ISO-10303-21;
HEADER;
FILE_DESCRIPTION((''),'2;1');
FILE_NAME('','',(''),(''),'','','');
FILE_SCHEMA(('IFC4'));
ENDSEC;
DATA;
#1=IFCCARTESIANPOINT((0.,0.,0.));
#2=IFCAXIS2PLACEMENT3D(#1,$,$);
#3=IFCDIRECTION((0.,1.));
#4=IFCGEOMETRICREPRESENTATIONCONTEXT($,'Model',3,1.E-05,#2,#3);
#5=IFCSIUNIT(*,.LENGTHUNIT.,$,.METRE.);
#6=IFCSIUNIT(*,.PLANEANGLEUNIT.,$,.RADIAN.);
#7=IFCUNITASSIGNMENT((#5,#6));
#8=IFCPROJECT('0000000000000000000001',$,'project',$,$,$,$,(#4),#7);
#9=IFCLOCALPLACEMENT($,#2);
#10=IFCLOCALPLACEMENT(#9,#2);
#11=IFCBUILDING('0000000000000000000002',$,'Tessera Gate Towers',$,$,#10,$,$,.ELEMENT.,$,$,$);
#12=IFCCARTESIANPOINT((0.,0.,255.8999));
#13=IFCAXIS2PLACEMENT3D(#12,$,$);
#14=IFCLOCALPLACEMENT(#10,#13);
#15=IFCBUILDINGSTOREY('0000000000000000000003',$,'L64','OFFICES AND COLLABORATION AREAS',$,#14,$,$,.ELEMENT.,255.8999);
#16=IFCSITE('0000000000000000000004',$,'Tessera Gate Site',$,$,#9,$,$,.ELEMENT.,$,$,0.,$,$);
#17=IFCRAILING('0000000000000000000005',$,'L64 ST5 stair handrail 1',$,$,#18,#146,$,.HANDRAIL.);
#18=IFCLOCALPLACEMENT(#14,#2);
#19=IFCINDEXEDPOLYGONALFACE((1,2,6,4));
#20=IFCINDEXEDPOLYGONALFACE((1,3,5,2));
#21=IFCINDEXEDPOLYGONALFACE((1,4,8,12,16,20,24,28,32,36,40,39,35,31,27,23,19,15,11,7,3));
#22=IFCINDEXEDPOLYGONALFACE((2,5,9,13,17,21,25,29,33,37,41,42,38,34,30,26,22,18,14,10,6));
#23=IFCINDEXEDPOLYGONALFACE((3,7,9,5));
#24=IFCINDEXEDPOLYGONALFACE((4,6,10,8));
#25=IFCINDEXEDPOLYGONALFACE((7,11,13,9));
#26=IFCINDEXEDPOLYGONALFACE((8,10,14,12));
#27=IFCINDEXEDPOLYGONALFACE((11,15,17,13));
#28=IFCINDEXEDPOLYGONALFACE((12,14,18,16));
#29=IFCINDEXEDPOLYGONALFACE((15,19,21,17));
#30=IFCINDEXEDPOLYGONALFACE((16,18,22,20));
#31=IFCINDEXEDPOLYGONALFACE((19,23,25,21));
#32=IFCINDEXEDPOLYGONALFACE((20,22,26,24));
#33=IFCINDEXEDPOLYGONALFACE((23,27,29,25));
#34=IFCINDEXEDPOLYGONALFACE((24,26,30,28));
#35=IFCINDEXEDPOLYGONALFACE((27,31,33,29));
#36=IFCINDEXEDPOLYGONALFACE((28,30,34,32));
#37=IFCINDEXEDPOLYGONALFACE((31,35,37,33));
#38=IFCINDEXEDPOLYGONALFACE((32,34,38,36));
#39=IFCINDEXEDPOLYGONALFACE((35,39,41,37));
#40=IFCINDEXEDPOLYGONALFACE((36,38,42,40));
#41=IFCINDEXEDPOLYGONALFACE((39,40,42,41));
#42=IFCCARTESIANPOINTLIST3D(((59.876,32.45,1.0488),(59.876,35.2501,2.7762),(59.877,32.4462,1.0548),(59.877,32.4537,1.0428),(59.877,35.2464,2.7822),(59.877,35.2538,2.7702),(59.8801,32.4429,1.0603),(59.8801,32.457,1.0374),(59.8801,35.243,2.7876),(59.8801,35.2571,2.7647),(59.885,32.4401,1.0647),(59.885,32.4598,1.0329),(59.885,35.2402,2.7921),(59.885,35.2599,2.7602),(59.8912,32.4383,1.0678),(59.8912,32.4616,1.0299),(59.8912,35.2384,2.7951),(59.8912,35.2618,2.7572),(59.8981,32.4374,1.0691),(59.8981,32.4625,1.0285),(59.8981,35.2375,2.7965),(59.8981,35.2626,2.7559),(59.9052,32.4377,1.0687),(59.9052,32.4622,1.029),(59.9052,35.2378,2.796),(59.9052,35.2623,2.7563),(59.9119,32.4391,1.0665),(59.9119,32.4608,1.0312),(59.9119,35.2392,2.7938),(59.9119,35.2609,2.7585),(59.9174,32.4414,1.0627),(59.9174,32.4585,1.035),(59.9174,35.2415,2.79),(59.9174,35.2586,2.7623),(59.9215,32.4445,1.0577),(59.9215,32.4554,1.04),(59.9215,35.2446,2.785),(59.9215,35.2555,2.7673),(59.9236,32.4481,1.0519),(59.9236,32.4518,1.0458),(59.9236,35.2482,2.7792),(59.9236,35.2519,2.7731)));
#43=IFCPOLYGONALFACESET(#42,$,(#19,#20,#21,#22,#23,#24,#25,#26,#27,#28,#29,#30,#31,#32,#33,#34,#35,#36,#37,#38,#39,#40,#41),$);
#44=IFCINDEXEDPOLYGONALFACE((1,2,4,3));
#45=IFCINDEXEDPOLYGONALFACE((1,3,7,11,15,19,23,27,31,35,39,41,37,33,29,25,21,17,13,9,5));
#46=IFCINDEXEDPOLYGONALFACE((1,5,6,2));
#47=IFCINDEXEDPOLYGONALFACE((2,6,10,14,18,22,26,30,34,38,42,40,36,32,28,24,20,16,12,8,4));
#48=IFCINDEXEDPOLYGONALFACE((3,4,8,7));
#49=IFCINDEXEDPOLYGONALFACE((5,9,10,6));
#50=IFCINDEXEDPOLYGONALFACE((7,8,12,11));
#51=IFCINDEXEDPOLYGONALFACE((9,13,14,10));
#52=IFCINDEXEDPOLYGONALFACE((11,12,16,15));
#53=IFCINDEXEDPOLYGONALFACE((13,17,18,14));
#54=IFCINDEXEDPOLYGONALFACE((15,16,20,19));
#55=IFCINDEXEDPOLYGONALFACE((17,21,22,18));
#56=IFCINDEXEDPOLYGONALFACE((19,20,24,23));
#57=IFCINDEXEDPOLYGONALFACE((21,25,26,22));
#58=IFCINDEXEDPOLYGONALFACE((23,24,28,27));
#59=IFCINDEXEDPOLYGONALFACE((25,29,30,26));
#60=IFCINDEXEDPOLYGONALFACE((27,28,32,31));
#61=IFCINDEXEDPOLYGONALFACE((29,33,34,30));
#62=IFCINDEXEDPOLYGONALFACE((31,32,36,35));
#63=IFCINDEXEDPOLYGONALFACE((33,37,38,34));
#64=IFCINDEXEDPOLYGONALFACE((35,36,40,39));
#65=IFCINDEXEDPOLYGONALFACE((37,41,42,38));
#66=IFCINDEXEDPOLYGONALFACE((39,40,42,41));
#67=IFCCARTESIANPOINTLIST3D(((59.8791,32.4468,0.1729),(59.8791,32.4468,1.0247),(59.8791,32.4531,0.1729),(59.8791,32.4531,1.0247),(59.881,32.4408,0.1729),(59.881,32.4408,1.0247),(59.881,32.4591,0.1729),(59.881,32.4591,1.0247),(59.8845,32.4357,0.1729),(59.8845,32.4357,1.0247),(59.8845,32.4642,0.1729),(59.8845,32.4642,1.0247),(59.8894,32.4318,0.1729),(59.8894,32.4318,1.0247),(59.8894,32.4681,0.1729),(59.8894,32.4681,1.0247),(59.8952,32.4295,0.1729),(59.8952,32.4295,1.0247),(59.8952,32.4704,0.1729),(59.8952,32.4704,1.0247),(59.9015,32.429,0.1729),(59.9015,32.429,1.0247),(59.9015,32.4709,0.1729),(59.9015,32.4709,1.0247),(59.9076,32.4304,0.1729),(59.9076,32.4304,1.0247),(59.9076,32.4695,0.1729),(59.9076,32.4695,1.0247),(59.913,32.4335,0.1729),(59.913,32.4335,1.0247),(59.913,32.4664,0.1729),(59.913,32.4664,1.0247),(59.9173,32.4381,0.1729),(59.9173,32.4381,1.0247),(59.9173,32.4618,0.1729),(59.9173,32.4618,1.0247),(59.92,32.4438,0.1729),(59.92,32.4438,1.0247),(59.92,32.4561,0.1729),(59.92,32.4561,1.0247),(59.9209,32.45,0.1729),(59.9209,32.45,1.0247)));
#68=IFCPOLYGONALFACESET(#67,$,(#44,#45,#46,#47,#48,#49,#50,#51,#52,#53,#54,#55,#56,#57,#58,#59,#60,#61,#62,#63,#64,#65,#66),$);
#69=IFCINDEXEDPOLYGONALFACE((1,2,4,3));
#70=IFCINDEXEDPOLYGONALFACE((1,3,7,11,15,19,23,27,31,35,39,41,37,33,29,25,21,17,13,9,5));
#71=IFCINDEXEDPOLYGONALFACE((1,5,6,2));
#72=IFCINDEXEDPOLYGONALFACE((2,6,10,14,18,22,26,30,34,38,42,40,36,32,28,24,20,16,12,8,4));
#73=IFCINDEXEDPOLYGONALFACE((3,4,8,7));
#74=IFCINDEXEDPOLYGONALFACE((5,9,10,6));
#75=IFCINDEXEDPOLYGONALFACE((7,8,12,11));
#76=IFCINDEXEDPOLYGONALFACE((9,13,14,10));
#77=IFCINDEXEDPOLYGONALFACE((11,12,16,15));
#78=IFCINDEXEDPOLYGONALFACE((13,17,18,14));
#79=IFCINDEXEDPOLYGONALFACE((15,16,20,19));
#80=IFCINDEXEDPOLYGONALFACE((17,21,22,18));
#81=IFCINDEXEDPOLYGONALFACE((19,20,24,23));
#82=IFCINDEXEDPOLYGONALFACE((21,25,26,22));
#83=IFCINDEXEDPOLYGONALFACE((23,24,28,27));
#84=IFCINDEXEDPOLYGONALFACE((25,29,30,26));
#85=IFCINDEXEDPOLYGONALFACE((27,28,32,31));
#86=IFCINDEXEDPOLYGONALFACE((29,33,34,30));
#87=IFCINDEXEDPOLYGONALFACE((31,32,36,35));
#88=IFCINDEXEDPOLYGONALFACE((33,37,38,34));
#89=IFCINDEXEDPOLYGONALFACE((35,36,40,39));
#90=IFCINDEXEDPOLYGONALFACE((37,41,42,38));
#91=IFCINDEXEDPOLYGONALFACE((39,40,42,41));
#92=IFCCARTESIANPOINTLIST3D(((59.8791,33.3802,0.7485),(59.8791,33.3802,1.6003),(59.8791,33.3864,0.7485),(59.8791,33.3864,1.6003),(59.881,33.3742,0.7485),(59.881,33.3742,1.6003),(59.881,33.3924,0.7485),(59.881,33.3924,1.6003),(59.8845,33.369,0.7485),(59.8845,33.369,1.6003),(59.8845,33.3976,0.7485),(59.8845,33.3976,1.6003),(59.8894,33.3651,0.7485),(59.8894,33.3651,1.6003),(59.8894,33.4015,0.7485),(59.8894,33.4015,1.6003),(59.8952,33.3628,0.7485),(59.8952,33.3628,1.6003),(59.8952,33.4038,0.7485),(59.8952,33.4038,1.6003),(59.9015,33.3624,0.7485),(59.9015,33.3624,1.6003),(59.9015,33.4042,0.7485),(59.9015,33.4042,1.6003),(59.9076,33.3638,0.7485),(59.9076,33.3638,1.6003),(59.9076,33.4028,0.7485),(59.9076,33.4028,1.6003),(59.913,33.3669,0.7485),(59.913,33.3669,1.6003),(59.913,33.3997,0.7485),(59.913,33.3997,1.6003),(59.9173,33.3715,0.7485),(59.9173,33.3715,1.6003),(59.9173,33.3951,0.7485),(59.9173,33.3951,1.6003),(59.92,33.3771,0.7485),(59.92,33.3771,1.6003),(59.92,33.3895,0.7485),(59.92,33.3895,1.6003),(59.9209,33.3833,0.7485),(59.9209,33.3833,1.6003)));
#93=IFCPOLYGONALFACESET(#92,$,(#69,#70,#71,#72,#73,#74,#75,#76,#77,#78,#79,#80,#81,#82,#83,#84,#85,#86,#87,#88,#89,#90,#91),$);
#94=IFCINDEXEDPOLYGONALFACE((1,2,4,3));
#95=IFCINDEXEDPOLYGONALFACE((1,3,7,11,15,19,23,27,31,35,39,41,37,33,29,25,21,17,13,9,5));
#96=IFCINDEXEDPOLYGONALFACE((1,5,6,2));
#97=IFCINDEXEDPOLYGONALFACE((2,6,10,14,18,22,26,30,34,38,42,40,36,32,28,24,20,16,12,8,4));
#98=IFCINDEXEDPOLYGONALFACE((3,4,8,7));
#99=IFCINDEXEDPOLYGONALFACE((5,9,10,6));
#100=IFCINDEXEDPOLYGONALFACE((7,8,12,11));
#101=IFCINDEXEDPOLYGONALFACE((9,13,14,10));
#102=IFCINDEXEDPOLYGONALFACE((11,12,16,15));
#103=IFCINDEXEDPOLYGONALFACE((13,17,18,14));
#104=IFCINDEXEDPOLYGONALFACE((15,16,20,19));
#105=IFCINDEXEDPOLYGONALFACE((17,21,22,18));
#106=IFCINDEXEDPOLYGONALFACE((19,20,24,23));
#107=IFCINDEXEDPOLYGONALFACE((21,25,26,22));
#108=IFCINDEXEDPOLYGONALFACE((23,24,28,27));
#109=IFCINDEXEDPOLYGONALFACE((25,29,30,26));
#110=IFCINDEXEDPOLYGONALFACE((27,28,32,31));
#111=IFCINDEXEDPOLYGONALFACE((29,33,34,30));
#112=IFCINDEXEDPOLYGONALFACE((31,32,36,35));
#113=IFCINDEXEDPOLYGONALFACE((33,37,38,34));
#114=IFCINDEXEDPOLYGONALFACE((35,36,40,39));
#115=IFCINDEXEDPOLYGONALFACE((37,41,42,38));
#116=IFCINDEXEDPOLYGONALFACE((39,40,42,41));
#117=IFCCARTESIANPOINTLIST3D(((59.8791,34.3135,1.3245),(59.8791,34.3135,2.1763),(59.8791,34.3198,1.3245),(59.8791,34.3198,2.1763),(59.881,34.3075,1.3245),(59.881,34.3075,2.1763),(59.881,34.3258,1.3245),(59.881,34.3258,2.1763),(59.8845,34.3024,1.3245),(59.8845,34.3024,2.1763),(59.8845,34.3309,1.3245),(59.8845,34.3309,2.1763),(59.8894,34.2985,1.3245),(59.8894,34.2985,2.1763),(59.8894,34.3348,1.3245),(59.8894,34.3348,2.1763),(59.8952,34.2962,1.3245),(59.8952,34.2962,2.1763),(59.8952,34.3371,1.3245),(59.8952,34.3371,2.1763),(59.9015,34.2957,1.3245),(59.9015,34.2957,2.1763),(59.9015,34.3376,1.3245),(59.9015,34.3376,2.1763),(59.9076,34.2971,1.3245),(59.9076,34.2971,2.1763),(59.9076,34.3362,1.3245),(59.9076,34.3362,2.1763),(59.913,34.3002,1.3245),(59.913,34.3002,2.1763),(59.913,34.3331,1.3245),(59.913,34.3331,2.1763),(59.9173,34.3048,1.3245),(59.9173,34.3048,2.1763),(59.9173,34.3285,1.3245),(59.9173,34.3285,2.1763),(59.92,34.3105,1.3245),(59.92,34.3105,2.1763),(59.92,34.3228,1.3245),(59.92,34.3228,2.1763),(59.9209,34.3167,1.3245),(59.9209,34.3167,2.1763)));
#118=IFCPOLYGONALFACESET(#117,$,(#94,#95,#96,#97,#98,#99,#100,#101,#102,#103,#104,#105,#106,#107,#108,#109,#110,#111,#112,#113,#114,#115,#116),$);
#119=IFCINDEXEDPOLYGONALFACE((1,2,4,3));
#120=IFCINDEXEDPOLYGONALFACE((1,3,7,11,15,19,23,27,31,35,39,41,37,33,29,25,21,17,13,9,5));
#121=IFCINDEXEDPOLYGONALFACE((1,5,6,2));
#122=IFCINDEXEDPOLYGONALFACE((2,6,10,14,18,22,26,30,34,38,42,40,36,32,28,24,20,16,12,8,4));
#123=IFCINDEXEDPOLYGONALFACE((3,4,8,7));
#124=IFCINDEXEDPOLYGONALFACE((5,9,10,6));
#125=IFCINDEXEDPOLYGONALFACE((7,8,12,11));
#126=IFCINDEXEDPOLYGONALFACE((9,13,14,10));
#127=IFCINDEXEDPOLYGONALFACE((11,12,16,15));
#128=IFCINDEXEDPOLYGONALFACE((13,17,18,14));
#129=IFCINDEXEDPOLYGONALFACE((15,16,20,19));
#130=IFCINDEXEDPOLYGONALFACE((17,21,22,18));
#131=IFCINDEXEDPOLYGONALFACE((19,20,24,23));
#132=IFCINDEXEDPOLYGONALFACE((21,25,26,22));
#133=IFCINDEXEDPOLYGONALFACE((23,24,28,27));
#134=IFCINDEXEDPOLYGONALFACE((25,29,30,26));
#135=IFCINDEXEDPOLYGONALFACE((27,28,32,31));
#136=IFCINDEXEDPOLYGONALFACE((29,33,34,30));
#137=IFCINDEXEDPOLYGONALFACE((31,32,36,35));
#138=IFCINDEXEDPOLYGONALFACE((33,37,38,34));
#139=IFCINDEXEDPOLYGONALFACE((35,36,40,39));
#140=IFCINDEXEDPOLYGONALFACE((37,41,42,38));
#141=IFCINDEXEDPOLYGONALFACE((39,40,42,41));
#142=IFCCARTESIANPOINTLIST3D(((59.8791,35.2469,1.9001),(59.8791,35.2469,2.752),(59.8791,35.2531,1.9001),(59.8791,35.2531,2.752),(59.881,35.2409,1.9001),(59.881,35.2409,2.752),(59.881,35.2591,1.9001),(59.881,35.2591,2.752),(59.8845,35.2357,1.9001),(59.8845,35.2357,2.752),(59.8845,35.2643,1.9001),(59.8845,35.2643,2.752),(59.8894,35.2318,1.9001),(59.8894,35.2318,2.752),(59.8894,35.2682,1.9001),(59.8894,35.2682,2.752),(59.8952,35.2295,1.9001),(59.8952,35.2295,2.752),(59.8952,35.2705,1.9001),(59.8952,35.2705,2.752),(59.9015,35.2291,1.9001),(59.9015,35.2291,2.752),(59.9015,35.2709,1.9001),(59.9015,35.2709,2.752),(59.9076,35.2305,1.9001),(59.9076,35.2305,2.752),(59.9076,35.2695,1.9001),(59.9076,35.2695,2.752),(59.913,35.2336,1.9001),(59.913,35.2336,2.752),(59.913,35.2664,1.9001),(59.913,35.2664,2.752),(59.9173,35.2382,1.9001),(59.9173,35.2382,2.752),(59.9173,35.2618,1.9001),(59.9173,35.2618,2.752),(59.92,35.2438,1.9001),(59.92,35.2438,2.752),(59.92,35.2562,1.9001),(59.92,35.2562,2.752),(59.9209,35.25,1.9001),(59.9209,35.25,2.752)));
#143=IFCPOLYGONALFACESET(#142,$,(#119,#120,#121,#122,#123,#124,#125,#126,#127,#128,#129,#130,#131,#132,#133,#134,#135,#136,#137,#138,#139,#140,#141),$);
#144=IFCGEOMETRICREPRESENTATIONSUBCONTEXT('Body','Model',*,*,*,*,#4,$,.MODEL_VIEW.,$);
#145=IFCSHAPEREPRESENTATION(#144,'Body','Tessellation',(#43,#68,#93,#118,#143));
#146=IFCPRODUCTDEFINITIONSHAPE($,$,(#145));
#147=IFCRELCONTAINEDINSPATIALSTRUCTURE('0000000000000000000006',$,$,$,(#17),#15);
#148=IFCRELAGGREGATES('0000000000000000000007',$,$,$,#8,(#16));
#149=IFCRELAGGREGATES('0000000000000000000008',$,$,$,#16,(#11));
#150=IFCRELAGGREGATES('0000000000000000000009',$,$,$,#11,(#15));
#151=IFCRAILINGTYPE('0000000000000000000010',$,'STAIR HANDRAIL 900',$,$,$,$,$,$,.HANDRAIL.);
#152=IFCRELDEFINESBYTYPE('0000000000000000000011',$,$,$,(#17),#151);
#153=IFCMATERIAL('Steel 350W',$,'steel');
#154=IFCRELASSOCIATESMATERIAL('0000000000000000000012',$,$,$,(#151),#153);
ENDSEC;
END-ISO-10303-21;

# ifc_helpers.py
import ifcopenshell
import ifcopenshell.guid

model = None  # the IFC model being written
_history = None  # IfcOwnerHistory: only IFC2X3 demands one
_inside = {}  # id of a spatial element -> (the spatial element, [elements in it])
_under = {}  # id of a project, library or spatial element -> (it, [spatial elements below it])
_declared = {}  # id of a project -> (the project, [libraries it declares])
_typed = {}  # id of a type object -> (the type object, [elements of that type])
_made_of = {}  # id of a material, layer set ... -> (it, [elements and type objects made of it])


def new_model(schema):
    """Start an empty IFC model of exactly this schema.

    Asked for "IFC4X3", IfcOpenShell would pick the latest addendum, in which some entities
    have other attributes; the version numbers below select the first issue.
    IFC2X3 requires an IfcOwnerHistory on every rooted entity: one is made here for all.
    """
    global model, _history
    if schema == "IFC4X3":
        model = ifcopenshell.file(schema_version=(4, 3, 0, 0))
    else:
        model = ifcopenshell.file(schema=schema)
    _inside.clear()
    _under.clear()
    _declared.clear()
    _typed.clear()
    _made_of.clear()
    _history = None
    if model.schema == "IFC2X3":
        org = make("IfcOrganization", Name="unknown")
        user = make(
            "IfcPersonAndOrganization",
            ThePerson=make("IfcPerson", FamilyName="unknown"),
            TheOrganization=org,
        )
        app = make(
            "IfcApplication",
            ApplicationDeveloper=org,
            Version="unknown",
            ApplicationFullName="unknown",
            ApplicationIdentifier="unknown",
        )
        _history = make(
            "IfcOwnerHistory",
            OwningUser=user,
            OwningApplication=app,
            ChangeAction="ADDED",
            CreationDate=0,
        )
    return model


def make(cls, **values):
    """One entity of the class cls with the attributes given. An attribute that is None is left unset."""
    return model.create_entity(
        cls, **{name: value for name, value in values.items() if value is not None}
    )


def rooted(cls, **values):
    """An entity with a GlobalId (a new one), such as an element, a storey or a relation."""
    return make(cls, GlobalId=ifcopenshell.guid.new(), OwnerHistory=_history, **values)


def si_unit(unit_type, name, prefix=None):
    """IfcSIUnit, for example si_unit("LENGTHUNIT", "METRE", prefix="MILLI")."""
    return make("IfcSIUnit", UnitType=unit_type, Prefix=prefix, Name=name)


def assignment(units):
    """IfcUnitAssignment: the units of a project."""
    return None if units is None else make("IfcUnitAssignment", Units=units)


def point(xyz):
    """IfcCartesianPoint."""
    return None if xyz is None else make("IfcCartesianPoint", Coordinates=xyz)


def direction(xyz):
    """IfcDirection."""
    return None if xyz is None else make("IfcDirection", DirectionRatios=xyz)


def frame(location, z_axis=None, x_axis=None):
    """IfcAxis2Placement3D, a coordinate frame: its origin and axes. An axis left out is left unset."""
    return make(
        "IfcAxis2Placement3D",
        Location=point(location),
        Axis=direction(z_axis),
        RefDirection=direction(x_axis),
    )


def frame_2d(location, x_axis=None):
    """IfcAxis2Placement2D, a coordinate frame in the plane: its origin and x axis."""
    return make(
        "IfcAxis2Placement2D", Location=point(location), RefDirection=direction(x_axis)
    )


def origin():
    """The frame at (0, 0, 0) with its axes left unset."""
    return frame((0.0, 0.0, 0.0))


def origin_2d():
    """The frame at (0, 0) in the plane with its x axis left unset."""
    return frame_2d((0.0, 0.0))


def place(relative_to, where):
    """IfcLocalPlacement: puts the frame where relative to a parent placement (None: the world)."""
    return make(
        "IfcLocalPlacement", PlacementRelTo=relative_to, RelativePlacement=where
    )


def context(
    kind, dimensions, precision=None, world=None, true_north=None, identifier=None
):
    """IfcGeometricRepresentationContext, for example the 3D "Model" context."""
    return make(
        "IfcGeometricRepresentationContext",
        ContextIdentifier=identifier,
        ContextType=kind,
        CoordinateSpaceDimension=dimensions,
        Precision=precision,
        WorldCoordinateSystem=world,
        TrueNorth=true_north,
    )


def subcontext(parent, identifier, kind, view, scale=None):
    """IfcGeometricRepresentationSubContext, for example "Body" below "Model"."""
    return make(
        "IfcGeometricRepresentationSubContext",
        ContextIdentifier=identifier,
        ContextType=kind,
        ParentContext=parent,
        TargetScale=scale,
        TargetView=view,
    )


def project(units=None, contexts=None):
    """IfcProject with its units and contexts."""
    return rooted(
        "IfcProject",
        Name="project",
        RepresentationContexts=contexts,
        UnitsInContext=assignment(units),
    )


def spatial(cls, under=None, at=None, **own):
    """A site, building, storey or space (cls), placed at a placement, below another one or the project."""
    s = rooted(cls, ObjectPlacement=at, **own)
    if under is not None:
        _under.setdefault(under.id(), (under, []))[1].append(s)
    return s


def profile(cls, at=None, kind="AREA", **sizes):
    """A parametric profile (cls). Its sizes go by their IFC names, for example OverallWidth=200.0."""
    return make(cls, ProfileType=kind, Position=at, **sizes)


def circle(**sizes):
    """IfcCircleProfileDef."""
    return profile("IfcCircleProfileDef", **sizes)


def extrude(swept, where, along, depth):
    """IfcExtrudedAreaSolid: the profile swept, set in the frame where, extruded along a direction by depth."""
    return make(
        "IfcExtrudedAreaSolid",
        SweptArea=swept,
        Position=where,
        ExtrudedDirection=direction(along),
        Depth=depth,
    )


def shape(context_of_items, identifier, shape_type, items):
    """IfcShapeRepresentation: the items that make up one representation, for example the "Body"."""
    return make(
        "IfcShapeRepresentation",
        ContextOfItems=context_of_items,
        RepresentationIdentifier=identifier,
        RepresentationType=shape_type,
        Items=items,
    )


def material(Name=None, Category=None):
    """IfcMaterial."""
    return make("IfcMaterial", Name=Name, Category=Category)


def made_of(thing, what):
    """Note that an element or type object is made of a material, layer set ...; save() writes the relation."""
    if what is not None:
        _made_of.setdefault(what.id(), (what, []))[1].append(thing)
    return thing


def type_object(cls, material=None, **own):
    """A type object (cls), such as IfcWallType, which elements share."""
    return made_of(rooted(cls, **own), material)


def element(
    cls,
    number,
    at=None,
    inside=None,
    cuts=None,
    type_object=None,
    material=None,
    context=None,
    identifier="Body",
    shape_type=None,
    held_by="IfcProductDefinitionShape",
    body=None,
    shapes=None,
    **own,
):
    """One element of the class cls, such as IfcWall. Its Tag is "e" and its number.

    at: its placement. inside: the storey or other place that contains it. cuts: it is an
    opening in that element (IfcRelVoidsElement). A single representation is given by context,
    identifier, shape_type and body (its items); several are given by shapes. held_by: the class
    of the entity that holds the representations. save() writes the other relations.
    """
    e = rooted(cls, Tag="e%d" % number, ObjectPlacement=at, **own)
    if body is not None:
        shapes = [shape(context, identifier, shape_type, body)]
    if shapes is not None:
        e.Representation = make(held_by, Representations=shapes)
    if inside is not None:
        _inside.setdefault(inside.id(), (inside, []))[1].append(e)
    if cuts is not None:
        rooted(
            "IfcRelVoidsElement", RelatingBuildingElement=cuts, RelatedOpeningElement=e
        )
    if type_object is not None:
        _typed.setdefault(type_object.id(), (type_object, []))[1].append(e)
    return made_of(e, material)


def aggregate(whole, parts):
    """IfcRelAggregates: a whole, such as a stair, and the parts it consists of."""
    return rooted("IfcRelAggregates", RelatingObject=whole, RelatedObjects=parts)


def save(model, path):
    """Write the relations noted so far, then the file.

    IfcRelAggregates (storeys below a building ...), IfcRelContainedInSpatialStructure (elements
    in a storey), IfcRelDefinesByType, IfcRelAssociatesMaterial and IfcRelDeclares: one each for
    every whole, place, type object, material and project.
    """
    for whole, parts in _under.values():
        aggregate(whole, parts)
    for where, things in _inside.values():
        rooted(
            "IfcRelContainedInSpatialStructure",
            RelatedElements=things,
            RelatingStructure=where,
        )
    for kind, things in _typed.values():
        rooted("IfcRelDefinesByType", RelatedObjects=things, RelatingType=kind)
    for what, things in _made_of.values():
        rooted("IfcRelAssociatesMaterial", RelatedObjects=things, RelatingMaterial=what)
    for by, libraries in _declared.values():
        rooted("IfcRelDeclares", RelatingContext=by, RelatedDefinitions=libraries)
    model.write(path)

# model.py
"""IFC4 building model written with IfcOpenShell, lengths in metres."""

from ifc_helpers import new_model, si_unit, direction, frame, origin, origin_2d, place, context, subcontext, project, spatial, circle, extrude, material, type_object, element, save


model = new_model("IFC4")

# Units and contexts
model_context = context("Model", 3, precision=1e-05, world=origin(), true_north=direction((0.0, 1.0)))
body_context = subcontext(model_context, "Body", "Model", "MODEL_VIEW")
ifc_project = project(units=[si_unit("LENGTHUNIT", "METRE"), si_unit("PLANEANGLEUNIT", "RADIAN")], contexts=[model_context])

# Site, building, storey
site_placement = place(None, origin())
site = spatial("IfcSite", under=ifc_project, at=site_placement, Name="Tessera Gate Site", CompositionType="ELEMENT", RefElevation=0.0)
building_placement = place(site_placement, origin())
building = spatial("IfcBuilding", under=site, at=building_placement, Name="Tessera Gate Towers", CompositionType="ELEMENT")
storey_placement = place(building_placement, frame((0.0, 0.0, 255.8999)))
storey = spatial("IfcBuildingStorey", under=building, at=storey_placement, Name="L64", Description="OFFICES AND COLLABORATION AREAS", CompositionType="ELEMENT", Elevation=255.8999)

# Railing
ifc_material_1 = material(Name="Steel 350W", Category="steel")
railing_type_1 = type_object("IfcRailingType", Name="STAIR HANDRAIL 900", PredefinedType="HANDRAIL", material=ifc_material_1)
for number, where, name in (
    (1, (59.8999, 32.45, 0.1729), "L64 ST5 stair handrail 1"),
):
    element("IfcRailing", number, at=place(storey_placement, frame(where)), inside=storey, type_object=railing_type_1, Name=name, PredefinedType="HANDRAIL", context=body_context, shape_type="SweptSolid", body=[
        extrude(circle(Radius=0.0239, at=origin_2d()), frame((0.0, 0.0, 0.876), z_axis=(0.0, 0.85109, 0.52502), x_axis=(-1.0, 0.0, 0.0)), (0.0, 0.0, 1.0), 3.29),
        extrude(circle(Radius=0.021, at=origin_2d()), origin(), (0.0, 0.0, 1.0), 0.8518),
        extrude(circle(Radius=0.021, at=origin_2d()), frame((0.0, 0.9333, 0.5757)), (0.0, 0.0, 1.0), 0.8518),
        extrude(circle(Radius=0.021, at=origin_2d()), frame((0.0, 1.8667, 1.1516)), (0.0, 0.0, 1.0), 0.8518),
        extrude(circle(Radius=0.021, at=origin_2d()), frame((0.0, 2.8, 1.7273)), (0.0, 0.0, 1.0), 0.8518),
    ])

save(model, "model.ifc")
